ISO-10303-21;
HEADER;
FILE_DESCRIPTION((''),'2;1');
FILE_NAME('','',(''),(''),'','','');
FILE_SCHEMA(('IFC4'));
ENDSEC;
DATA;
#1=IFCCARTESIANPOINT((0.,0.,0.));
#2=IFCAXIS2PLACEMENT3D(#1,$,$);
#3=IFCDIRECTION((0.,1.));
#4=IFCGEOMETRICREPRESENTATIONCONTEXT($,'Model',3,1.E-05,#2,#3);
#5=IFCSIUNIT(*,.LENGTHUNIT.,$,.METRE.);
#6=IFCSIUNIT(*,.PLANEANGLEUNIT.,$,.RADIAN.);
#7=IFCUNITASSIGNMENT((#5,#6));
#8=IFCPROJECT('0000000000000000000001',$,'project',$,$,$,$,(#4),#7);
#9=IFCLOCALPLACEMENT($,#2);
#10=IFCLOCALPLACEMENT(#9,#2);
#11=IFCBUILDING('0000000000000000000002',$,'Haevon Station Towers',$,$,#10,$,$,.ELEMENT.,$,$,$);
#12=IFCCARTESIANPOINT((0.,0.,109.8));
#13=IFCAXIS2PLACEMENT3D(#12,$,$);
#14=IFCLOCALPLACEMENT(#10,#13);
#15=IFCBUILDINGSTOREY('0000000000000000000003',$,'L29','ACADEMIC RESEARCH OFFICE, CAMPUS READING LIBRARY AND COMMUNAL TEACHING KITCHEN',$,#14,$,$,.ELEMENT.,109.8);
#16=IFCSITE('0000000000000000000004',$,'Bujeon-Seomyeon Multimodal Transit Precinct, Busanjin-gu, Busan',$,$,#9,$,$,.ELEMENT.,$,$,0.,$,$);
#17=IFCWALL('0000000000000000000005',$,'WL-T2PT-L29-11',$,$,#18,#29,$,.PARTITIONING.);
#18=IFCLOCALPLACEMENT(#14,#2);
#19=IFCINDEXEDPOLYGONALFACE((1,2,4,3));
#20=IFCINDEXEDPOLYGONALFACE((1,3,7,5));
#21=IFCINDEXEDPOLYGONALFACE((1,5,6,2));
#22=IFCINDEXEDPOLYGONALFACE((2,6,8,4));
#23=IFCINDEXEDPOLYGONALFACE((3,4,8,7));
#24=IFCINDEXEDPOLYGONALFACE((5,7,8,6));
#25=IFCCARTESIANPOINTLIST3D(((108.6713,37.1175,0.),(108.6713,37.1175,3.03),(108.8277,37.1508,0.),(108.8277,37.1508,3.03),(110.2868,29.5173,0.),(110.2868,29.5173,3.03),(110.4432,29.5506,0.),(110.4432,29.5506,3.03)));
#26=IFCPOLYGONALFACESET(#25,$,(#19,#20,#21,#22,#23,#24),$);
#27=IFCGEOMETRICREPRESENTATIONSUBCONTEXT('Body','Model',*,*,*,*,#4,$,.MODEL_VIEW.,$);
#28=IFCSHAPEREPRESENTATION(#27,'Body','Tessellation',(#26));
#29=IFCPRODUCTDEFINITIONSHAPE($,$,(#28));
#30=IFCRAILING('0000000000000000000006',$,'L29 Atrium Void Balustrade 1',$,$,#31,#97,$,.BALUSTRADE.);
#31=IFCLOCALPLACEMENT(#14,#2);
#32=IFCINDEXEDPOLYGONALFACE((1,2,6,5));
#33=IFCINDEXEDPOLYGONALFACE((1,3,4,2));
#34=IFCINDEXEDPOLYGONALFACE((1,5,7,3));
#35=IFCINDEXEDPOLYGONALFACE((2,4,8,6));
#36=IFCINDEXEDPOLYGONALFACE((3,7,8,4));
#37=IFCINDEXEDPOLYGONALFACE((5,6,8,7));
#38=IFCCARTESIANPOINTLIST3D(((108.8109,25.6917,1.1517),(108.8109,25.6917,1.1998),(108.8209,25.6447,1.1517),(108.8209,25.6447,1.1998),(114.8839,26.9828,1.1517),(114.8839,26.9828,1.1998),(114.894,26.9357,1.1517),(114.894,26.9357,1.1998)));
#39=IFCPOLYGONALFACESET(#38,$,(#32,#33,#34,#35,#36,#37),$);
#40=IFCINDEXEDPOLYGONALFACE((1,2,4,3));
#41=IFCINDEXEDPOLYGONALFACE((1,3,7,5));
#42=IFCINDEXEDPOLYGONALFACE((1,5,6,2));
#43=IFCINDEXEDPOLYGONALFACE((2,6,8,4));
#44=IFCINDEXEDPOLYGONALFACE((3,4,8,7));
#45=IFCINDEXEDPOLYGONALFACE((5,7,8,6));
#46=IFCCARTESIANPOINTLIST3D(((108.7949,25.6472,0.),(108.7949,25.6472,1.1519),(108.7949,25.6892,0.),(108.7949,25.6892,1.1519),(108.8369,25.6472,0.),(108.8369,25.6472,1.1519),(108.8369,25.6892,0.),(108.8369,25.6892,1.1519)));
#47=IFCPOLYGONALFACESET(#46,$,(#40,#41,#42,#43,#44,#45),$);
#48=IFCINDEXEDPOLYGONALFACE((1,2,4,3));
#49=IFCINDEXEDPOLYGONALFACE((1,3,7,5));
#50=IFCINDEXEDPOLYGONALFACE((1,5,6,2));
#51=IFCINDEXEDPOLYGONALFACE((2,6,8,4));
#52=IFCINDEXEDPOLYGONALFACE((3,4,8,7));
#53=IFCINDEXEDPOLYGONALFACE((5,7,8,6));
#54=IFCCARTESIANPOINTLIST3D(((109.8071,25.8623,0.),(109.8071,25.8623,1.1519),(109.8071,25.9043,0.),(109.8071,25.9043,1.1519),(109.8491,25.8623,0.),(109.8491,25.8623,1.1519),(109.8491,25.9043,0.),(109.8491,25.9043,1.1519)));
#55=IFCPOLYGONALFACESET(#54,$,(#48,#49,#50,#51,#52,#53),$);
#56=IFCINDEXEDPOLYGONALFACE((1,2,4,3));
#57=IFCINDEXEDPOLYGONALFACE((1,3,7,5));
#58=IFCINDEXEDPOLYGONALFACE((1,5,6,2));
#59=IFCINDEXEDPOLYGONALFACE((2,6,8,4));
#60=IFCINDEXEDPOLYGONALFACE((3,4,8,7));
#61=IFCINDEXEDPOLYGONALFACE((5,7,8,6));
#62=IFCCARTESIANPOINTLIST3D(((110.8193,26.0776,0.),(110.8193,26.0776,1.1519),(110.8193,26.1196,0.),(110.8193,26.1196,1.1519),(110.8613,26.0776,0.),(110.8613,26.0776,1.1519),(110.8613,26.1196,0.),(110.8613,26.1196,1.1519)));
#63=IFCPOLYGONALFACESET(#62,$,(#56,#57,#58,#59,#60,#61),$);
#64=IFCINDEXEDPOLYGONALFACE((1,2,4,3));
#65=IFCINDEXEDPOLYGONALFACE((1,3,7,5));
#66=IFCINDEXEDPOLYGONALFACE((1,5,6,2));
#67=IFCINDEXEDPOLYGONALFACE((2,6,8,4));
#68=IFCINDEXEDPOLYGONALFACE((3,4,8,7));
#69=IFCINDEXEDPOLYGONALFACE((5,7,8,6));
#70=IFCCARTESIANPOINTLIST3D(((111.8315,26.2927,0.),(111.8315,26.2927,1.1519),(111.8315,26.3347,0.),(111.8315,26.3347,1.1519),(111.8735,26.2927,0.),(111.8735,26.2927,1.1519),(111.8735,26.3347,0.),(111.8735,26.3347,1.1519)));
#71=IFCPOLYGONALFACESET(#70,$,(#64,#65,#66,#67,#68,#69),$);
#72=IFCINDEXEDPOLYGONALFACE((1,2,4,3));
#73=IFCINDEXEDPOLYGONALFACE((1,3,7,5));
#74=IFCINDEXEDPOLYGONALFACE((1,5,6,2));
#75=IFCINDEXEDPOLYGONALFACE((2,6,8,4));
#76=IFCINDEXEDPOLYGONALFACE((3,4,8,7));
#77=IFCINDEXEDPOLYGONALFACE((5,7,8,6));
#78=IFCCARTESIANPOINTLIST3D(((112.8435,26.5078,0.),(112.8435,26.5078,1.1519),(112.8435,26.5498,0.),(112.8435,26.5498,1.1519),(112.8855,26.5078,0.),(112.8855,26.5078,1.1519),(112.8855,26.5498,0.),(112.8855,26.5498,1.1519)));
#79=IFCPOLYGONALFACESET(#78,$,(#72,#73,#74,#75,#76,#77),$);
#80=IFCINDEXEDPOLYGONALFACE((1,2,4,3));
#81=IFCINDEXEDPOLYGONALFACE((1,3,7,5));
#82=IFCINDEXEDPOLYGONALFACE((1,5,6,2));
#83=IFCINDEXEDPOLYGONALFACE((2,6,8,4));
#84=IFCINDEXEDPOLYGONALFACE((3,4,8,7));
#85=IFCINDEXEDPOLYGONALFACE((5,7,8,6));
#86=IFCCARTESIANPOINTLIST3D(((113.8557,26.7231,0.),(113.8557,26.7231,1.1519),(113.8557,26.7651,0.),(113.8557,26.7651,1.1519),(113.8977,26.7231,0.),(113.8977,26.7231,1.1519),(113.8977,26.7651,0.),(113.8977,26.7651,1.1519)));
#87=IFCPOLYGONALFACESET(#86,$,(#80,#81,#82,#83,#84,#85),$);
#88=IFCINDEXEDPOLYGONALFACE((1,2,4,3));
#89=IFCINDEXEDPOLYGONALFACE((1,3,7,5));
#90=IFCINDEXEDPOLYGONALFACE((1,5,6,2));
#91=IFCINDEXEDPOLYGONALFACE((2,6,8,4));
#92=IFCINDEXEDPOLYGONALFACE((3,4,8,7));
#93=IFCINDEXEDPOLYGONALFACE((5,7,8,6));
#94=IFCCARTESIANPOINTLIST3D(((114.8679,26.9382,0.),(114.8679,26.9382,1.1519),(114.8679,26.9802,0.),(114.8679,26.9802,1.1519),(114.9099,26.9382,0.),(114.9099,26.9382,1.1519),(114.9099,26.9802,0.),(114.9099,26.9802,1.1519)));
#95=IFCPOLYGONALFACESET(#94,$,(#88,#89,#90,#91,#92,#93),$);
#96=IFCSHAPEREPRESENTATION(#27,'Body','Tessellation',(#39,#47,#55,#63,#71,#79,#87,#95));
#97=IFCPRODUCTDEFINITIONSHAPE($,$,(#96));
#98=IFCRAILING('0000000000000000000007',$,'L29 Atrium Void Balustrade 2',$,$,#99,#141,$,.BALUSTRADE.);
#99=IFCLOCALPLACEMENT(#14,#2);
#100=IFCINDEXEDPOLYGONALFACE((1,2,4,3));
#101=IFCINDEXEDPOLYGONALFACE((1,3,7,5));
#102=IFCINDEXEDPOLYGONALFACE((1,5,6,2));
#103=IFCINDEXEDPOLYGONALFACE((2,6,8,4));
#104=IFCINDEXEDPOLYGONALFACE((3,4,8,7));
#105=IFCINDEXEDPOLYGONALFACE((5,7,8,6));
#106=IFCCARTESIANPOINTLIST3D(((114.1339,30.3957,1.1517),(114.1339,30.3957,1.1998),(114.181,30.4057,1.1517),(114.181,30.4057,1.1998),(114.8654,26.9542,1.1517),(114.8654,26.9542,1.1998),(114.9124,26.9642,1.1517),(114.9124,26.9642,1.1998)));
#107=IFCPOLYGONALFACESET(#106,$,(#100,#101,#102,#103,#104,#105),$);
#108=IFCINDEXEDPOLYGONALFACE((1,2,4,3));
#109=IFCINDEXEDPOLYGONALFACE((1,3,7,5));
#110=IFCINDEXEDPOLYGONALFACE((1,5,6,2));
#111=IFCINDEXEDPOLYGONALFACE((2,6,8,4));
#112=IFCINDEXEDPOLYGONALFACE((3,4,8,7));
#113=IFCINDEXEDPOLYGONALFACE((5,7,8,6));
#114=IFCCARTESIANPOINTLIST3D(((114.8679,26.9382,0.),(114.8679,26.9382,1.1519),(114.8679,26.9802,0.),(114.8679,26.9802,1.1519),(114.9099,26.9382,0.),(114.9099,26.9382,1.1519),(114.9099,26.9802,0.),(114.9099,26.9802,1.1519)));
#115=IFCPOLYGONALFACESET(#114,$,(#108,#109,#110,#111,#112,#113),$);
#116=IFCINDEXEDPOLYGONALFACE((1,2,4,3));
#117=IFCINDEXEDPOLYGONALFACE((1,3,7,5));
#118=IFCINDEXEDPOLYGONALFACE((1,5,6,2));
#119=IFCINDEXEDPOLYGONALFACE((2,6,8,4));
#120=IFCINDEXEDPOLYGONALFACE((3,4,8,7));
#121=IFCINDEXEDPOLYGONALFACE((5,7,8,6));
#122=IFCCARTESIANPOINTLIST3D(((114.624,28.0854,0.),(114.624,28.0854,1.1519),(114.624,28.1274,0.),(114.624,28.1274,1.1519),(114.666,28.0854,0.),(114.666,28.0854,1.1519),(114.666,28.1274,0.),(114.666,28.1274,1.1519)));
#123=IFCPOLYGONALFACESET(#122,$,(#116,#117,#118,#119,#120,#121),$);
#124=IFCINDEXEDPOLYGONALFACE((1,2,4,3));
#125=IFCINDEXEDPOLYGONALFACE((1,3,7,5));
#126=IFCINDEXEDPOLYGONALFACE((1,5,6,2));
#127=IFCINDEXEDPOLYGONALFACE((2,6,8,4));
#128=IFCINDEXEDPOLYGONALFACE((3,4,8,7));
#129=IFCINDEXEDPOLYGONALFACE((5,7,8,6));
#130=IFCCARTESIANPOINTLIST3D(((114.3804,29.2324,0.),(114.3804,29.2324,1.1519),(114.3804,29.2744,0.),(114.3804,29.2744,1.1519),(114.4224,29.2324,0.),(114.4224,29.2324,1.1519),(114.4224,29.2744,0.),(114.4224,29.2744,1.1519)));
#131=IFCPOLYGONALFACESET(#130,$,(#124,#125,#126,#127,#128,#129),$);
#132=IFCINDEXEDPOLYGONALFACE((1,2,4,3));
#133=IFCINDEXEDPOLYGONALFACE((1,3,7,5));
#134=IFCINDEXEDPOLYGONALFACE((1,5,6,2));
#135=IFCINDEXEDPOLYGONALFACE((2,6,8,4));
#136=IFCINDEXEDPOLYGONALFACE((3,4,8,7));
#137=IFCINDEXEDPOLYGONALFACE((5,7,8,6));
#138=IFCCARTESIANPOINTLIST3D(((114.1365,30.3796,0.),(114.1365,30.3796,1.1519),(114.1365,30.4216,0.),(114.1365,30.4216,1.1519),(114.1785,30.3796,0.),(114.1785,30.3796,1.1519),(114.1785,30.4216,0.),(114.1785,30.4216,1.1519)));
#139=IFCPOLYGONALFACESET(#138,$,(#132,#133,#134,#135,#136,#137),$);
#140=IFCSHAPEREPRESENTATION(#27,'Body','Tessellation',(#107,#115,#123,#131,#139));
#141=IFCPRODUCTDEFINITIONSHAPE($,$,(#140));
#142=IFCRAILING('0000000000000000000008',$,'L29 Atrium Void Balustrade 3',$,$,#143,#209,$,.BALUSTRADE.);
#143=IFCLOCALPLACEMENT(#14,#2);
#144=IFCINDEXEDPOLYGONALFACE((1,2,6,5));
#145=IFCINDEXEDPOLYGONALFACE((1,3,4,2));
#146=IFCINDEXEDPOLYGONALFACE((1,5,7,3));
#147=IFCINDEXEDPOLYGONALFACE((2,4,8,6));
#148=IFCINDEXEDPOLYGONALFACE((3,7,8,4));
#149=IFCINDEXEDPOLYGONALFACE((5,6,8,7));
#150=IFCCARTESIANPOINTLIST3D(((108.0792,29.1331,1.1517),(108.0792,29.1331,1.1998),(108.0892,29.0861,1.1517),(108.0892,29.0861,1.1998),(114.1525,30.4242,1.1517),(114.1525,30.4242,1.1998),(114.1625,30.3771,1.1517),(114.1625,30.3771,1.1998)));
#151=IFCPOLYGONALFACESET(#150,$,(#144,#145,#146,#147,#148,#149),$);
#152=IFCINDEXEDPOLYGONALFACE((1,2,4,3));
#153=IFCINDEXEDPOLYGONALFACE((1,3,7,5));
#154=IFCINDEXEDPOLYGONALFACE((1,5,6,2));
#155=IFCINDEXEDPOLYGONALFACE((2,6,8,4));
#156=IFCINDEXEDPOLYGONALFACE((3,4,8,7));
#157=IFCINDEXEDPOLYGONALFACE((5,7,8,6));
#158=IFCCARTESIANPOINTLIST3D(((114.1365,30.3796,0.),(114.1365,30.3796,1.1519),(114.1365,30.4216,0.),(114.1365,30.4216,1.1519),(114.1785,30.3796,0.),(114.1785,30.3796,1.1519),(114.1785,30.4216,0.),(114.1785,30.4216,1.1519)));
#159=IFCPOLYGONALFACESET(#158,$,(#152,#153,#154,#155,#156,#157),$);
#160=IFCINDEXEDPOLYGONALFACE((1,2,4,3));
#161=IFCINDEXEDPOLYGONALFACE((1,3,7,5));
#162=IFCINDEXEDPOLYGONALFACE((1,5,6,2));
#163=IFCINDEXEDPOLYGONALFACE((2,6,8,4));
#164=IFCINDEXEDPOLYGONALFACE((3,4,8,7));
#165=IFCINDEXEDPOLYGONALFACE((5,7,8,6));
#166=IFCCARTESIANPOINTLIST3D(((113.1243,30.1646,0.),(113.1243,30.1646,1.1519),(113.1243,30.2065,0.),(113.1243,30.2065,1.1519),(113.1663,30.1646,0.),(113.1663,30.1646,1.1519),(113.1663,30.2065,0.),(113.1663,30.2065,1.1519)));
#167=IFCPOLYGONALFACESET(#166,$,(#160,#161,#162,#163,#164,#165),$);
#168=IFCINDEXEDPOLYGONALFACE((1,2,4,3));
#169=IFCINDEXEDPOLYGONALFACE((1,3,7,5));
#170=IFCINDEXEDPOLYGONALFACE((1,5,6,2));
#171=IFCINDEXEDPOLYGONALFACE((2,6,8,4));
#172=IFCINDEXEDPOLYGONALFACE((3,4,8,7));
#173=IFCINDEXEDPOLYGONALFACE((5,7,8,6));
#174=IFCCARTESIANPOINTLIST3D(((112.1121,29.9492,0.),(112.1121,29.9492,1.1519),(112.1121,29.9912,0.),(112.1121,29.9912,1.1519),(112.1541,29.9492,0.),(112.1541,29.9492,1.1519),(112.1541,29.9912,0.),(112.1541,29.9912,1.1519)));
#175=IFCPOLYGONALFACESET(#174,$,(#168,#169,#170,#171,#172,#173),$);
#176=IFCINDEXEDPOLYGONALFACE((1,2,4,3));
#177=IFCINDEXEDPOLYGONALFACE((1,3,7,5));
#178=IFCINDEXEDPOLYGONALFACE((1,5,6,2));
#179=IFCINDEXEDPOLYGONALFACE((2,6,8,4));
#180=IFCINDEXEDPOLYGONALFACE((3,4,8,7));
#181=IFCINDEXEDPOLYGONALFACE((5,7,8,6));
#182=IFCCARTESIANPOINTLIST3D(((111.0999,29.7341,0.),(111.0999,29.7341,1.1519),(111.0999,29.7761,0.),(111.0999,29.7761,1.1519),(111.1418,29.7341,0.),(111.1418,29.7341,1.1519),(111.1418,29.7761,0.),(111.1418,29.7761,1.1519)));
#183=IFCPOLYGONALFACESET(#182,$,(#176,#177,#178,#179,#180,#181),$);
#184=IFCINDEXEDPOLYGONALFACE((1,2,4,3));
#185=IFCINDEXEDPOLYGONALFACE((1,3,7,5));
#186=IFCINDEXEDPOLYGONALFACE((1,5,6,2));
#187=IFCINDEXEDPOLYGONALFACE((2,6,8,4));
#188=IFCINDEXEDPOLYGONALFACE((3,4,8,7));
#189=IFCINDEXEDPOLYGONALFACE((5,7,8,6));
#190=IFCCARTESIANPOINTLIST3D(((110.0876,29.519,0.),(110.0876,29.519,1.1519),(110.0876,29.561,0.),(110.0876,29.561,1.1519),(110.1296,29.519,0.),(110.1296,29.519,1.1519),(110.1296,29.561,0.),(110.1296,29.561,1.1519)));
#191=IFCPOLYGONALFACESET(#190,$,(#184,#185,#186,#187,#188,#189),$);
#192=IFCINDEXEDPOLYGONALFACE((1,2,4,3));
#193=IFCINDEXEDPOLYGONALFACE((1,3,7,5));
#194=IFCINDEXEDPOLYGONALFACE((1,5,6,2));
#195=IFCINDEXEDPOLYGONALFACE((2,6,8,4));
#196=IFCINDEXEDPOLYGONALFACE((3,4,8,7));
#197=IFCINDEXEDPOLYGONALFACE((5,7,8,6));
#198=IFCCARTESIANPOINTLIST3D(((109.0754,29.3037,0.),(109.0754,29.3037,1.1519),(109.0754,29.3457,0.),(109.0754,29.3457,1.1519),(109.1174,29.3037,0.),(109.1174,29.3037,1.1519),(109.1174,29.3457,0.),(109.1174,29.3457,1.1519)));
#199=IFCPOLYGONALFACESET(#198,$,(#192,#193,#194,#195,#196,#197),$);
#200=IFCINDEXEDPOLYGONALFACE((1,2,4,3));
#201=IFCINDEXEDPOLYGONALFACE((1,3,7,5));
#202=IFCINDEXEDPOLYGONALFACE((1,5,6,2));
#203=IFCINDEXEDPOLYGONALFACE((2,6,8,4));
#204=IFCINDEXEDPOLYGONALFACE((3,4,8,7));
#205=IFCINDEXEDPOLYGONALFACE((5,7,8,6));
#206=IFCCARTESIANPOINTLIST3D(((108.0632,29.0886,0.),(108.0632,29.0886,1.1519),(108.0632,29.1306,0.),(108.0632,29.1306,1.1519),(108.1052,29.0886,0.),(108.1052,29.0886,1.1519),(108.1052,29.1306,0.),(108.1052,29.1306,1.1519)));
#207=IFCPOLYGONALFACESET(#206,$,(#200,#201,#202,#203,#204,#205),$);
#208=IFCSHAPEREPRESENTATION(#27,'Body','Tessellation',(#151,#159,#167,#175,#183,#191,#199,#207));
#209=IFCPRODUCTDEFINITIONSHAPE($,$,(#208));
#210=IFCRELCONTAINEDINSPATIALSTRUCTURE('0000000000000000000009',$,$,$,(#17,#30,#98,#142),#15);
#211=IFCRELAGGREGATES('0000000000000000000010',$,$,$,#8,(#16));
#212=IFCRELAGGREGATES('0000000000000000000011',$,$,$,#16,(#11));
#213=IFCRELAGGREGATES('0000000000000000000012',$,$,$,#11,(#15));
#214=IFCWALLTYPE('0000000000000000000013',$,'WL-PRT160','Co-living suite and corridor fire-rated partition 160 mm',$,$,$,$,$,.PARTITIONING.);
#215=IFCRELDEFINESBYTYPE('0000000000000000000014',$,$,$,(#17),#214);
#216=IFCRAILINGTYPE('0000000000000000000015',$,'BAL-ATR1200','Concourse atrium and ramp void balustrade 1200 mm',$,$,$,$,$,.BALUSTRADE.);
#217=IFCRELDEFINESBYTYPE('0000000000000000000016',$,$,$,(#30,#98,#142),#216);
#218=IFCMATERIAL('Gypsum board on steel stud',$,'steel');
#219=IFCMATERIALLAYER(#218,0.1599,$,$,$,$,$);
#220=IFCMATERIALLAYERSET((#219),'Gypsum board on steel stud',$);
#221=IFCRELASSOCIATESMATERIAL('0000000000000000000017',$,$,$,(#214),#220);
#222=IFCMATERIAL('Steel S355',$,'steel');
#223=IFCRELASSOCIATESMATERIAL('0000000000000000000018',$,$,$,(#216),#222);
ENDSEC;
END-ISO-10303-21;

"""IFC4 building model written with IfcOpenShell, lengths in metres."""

from ifc_helpers import new_model, si_unit, direction, frame, frame_2d, origin, origin_2d, place, context, subcontext, project, spatial, rectangle, extrude, material, layer, layer_set, type_object, element, save


model = new_model("IFC4")

# Units and contexts
model_context = context("Model", 3, precision=1e-05, world=origin(), true_north=direction((0.0, 1.0)))
body_context = subcontext(model_context, "Body", "Model", "MODEL_VIEW")
ifc_project = project(units=[si_unit("LENGTHUNIT", "METRE"), si_unit("PLANEANGLEUNIT", "RADIAN")], contexts=[model_context])

# Site, building, storey
site_placement = place(None, origin())
site = spatial("IfcSite", under=ifc_project, at=site_placement, Name="Bujeon-Seomyeon Multimodal Transit Precinct, Busanjin-gu, Busan", CompositionType="ELEMENT", RefElevation=0.0)
building_placement = place(site_placement, origin())
building = spatial("IfcBuilding", under=site, at=building_placement, Name="Haevon Station Towers", CompositionType="ELEMENT")
storey_placement = place(building_placement, frame((0.0, 0.0, 109.8)))
storey = spatial("IfcBuildingStorey", under=building, at=storey_placement, Name="L29", Description="ACADEMIC RESEARCH OFFICE, CAMPUS READING LIBRARY AND COMMUNAL TEACHING KITCHEN", CompositionType="ELEMENT", Elevation=109.8)

# Shared definitions
ifc_material_1 = material(Name="Steel S355", Category="steel")

# Shared definitions
ifc_material_2 = material(Name="Gypsum board on steel stud", Category="steel")

# Wall
ifc_layer_1 = layer(ifc_material_2, 0.1599)
ifc_layer_set_1 = layer_set([ifc_layer_1], Name="Gypsum board on steel stud")
wall_type_1 = type_object("IfcWallType", Name="WL-PRT160", Description="Co-living suite and corridor fire-rated partition 160 mm", PredefinedType="PARTITIONING", material=ifc_layer_set_1)
for number, where, z_axis, x_axis, name in (
    (1, (110.365, 29.5339, 0.0), (0.0, 0.0, 1.0), (-0.207909, 0.978148, 0.0), "WL-T2PT-L29-11"),
):
    element("IfcWall", number, at=place(storey_placement, frame(where, z_axis=z_axis, x_axis=x_axis)), inside=storey, type_object=wall_type_1, Name=name, PredefinedType="PARTITIONING", context=body_context, shape_type="SweptSolid", body=[
        extrude(rectangle(XDim=7.77, YDim=0.1599, at=frame_2d((3.885, 0.0))), origin(), (0.0, 0.0, 1.0), 3.03),
    ])

# Railings
railing_type_1 = type_object("IfcRailingType", Name="BAL-ATR1200", Description="Concourse atrium and ramp void balustrade 1200 mm", PredefinedType="BALUSTRADE", material=ifc_material_1)
railing_1_placement = place(storey_placement, frame((108.8159, 25.6682, 0.0)))
element("IfcRailing", 2, at=railing_1_placement, inside=storey, type_object=railing_type_1, Name="L29 Atrium Void Balustrade 1", PredefinedType="BALUSTRADE", context=body_context, shape_type="SweptSolid", body=[
    extrude(rectangle(XDim=0.0481, YDim=0.0481, at=origin_2d()), frame((0.0, 0.0, 1.1758), z_axis=(0.978142, 0.207936, 0.0), x_axis=(-0.207936, 0.978142, 0.0)), (0.0, 0.0, 1.0), 6.2087),
    extrude(rectangle(XDim=0.042, YDim=0.042, at=origin_2d()), origin(), (0.0, 0.0, 1.0), 1.1519),
    extrude(rectangle(XDim=0.042, YDim=0.042, at=origin_2d()), frame((1.0122, 0.2151, 0.0)), (0.0, 0.0, 1.0), 1.1519),
    extrude(rectangle(XDim=0.042, YDim=0.042, at=origin_2d()), frame((2.0244, 0.4304, 0.0)), (0.0, 0.0, 1.0), 1.1519),
    extrude(rectangle(XDim=0.042, YDim=0.042, at=origin_2d()), frame((3.0366, 0.6455, 0.0)), (0.0, 0.0, 1.0), 1.1519),
    extrude(rectangle(XDim=0.042, YDim=0.042, at=origin_2d()), frame((4.0486, 0.8606, 0.0)), (0.0, 0.0, 1.0), 1.1519),
    extrude(rectangle(XDim=0.042, YDim=0.042, at=origin_2d()), frame((5.0608, 1.0759, 0.0)), (0.0, 0.0, 1.0), 1.1519),
    extrude(rectangle(XDim=0.042, YDim=0.042, at=origin_2d()), frame((6.073, 1.291, 0.0)), (0.0, 0.0, 1.0), 1.1519),
])
railing_2_placement = place(storey_placement, frame((114.8889, 26.9592, 0.0)))
element("IfcRailing", 3, at=railing_2_placement, inside=storey, type_object=railing_type_1, Name="L29 Atrium Void Balustrade 2", PredefinedType="BALUSTRADE", context=body_context, shape_type="SweptSolid", body=[
    extrude(rectangle(XDim=0.0481, YDim=0.0481, at=origin_2d()), frame((0.0, 0.0, 1.1758), z_axis=(-0.207899, 0.97815, 0.0), x_axis=(-0.97815, -0.207899, 0.0)), (0.0, 0.0, 1.0), 3.5183),
    extrude(rectangle(XDim=0.042, YDim=0.042, at=origin_2d()), origin(), (0.0, 0.0, 1.0), 1.1519),
    extrude(rectangle(XDim=0.042, YDim=0.042, at=origin_2d()), frame((-0.2439, 1.1472, 0.0)), (0.0, 0.0, 1.0), 1.1519),
    extrude(rectangle(XDim=0.042, YDim=0.042, at=origin_2d()), frame((-0.4875, 2.2942, 0.0)), (0.0, 0.0, 1.0), 1.1519),
    extrude(rectangle(XDim=0.042, YDim=0.042, at=origin_2d()), frame((-0.7314, 3.4414, 0.0)), (0.0, 0.0, 1.0), 1.1519),
])
railing_3_placement = place(storey_placement, frame((114.1575, 30.4006, 0.0)))
element("IfcRailing", 4, at=railing_3_placement, inside=storey, type_object=railing_type_1, Name="L29 Atrium Void Balustrade 3", PredefinedType="BALUSTRADE", context=body_context, shape_type="SweptSolid", body=[
    extrude(rectangle(XDim=0.0481, YDim=0.0481, at=origin_2d()), frame((0.0, 0.0, 1.1758), z_axis=(-0.978144, -0.207928, 0.0), x_axis=(0.207928, -0.978144, 0.0)), (0.0, 0.0, 1.0), 6.209),
    extrude(rectangle(XDim=0.042, YDim=0.042, at=origin_2d()), origin(), (0.0, 0.0, 1.0), 1.1519),
    extrude(rectangle(XDim=0.042, YDim=0.042, at=origin_2d()), frame((-1.0122, -0.2151, 0.0)), (0.0, 0.0, 1.0), 1.1519),
    extrude(rectangle(XDim=0.042, YDim=0.042, at=origin_2d()), frame((-2.0244, -0.4304, 0.0)), (0.0, 0.0, 1.0), 1.1519),
    extrude(rectangle(XDim=0.042, YDim=0.042, at=origin_2d()), frame((-3.0366, -0.6455, 0.0)), (0.0, 0.0, 1.0), 1.1519),
    extrude(rectangle(XDim=0.042, YDim=0.042, at=origin_2d()), frame((-4.0488, -0.8606, 0.0)), (0.0, 0.0, 1.0), 1.1519),
    extrude(rectangle(XDim=0.042, YDim=0.042, at=origin_2d()), frame((-5.061, -1.0759, 0.0)), (0.0, 0.0, 1.0), 1.1519),
    extrude(rectangle(XDim=0.042, YDim=0.042, at=origin_2d()), frame((-6.0732, -1.291, 0.0)), (0.0, 0.0, 1.0), 1.1519),
])

save(model, "model.ifc")
